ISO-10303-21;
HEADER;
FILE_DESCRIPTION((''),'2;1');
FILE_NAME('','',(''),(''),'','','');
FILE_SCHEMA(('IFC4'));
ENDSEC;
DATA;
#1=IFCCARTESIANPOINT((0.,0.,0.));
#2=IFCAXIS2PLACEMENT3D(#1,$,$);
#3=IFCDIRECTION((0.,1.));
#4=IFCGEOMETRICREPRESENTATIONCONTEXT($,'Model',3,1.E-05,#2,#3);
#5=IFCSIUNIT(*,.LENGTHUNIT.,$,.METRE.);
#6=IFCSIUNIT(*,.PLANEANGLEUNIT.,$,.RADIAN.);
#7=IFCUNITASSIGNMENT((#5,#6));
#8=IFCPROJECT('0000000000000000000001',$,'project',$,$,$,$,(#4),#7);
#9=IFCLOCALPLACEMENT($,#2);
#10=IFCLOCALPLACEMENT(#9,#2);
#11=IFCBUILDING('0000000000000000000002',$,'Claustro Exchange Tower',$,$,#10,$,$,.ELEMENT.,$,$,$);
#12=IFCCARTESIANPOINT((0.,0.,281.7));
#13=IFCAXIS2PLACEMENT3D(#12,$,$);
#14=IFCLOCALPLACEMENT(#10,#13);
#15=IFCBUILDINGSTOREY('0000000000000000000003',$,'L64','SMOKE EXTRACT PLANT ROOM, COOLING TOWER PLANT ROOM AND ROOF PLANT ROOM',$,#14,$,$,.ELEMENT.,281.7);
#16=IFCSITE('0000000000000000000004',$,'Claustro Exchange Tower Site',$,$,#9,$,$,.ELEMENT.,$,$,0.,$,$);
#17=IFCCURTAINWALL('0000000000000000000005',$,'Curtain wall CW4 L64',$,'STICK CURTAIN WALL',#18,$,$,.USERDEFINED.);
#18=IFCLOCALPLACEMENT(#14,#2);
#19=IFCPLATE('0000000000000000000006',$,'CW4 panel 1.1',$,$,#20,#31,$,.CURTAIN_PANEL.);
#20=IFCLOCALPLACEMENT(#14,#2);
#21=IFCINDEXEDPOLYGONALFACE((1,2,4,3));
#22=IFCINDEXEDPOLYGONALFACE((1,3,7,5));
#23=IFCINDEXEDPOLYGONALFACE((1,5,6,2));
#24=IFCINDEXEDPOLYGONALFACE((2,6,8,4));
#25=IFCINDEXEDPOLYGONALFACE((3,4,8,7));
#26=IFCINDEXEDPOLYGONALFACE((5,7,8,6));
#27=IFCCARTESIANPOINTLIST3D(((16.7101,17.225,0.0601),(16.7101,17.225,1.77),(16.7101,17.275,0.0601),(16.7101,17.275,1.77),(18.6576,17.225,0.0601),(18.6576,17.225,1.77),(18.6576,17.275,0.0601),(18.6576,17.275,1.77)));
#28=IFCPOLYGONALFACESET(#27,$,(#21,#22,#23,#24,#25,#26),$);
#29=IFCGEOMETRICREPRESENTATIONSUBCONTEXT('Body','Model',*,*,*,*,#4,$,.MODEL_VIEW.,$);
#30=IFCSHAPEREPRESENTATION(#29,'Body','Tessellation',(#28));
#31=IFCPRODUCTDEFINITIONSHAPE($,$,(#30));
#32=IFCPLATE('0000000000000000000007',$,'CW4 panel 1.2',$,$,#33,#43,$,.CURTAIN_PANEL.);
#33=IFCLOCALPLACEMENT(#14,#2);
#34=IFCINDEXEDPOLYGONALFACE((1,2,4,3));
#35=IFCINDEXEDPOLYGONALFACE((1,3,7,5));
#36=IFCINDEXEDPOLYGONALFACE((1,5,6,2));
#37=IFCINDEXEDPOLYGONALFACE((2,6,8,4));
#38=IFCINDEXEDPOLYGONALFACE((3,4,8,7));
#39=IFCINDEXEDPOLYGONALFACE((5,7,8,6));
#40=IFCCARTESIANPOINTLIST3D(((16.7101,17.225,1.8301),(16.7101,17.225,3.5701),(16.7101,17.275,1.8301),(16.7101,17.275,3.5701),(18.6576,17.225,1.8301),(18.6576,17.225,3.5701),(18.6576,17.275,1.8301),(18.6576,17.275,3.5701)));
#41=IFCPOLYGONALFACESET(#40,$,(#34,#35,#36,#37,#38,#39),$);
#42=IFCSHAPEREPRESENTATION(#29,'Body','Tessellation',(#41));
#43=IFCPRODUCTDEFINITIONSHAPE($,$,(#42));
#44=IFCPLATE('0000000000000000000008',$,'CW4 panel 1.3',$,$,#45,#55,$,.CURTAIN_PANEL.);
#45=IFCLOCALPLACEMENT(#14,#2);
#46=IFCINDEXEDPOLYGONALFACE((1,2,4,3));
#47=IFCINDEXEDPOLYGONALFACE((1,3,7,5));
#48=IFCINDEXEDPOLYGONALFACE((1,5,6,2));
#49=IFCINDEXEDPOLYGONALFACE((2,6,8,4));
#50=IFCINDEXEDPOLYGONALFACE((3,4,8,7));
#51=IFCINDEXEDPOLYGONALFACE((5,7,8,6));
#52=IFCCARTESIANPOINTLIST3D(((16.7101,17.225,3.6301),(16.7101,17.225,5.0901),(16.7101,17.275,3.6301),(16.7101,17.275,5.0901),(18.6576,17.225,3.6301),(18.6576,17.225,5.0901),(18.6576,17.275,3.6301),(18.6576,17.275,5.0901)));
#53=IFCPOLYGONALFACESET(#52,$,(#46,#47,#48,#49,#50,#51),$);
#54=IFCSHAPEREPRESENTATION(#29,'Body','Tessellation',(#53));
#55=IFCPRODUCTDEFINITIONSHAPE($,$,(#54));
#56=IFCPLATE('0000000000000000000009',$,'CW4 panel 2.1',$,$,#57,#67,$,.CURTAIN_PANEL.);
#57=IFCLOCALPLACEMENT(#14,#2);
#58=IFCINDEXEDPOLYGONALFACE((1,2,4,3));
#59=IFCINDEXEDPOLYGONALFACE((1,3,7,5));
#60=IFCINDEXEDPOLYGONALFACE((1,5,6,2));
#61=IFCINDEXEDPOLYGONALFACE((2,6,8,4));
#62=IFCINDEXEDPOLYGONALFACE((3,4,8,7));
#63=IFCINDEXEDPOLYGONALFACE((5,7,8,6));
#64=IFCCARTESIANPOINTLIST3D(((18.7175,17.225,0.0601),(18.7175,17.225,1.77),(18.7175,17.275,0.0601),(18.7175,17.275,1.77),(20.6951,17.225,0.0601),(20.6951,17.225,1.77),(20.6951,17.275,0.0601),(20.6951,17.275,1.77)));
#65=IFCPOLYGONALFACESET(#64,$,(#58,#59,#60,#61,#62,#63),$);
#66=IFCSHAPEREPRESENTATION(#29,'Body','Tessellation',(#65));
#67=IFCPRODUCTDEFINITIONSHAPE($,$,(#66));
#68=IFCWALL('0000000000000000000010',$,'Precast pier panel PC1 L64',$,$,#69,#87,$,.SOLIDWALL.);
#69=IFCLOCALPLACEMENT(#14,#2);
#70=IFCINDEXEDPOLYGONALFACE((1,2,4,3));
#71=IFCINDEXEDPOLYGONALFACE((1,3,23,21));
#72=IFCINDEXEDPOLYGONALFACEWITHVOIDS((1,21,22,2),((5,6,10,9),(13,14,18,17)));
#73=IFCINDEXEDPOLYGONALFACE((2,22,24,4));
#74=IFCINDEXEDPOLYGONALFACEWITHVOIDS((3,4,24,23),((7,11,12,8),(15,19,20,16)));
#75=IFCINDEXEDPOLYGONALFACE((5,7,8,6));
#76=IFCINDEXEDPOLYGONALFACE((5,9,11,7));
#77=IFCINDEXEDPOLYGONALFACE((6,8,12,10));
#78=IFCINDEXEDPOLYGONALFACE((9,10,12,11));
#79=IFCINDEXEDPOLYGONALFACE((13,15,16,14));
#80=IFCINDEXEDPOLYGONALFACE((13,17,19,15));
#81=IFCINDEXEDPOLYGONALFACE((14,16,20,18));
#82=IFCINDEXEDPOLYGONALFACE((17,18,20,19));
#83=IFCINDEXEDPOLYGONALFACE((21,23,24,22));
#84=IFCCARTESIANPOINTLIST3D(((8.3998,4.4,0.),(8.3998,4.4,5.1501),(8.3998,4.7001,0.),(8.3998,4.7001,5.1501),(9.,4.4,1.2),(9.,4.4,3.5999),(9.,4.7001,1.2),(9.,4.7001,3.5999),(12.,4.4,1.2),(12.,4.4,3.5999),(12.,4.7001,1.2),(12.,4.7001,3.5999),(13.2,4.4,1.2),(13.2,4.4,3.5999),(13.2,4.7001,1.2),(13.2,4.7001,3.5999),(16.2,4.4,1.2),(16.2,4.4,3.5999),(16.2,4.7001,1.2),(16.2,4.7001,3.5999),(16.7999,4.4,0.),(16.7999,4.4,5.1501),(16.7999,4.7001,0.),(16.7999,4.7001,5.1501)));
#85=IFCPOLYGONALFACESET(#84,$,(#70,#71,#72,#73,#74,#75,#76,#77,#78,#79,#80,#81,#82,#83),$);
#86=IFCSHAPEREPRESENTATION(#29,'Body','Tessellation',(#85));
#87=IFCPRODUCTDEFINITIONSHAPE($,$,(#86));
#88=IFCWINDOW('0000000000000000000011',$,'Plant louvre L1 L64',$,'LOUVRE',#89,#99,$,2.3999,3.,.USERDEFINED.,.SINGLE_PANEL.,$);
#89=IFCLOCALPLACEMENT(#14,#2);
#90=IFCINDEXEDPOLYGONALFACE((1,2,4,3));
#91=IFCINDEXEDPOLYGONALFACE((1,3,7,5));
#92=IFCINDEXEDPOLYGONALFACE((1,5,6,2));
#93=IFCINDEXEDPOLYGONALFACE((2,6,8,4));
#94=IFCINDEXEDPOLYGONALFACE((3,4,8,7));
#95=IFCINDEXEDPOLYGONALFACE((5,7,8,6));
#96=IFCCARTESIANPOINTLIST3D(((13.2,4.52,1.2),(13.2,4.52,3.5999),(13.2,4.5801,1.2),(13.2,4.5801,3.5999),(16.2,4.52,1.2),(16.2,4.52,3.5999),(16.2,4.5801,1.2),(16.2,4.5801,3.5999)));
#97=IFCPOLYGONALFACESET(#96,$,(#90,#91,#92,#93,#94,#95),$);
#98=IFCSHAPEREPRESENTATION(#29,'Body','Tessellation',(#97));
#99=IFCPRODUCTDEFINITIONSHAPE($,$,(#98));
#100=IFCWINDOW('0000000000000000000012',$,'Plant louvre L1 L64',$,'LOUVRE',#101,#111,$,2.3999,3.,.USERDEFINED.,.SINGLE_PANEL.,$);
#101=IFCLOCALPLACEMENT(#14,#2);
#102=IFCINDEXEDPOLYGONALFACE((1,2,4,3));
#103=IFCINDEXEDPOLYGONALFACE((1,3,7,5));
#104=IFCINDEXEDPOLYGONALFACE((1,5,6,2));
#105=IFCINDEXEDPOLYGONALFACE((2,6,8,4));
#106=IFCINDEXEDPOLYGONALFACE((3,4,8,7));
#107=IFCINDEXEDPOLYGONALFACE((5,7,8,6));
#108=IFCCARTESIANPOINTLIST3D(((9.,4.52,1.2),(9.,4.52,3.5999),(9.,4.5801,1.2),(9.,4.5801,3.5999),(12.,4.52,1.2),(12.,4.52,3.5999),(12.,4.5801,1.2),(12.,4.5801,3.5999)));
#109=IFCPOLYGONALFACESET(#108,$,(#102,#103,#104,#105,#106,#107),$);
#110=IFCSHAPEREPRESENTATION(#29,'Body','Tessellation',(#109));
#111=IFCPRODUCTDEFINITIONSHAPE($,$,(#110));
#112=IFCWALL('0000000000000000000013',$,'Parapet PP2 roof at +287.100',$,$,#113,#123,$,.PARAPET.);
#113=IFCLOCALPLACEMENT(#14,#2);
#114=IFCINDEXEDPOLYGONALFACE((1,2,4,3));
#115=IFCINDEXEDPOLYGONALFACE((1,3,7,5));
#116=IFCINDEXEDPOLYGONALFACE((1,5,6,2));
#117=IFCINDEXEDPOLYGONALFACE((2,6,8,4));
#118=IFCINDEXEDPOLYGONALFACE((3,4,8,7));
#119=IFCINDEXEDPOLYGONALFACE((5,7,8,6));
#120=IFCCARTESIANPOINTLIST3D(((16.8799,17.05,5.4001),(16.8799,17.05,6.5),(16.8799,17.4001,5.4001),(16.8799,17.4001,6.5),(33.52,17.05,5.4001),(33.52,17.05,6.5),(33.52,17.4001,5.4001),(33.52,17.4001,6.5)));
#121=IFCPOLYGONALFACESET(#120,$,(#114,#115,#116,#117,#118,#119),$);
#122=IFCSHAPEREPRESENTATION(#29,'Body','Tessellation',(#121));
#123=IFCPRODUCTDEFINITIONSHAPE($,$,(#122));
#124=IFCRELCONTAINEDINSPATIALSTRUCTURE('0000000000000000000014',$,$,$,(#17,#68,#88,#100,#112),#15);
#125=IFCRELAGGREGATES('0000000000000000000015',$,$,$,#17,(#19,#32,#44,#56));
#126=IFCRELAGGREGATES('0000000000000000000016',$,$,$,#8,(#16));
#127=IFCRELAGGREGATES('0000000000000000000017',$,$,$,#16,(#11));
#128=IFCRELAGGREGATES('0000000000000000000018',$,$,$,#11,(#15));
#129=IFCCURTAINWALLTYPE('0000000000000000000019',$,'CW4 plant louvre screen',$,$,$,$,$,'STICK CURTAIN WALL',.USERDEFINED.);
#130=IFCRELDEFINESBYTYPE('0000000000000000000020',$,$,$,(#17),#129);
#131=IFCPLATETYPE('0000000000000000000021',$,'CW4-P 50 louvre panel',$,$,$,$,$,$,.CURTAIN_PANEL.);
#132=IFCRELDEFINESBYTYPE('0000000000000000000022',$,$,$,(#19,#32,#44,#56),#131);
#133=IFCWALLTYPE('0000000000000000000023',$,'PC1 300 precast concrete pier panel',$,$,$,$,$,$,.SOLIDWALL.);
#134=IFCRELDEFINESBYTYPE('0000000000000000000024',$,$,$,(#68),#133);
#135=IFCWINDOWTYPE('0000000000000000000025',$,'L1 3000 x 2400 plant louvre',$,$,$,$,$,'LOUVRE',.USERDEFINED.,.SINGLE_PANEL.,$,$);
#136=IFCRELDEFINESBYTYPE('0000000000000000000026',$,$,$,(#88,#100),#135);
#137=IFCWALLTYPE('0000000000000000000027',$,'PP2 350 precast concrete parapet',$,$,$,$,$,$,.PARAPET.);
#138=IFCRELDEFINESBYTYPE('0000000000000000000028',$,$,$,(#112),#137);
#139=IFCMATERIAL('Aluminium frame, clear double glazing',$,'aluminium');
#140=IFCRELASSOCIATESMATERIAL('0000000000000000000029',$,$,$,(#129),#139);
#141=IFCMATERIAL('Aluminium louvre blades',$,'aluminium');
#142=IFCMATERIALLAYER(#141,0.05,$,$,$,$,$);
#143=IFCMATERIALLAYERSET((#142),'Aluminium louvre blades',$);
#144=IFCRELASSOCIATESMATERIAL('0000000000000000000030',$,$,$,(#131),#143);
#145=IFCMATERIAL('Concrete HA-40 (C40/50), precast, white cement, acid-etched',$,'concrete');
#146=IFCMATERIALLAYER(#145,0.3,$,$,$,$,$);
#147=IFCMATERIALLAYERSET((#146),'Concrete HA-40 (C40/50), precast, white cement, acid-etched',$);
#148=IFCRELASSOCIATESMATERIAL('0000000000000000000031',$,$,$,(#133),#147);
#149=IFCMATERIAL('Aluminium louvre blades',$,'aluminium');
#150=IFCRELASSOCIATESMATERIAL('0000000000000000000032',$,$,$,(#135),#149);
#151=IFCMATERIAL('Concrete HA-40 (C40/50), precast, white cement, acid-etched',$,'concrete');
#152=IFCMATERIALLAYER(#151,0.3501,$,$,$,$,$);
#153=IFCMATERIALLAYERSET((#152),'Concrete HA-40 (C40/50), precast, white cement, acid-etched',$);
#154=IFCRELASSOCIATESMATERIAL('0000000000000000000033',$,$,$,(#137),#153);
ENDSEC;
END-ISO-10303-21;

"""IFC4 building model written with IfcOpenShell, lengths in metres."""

from ifc_helpers import new_model, si_unit, direction, frame, frame_2d, origin, origin_2d, place, context, subcontext, project, spatial, rectangle, extrude, material, layer, layer_set, type_object, element, fill, aggregate, save


model = new_model("IFC4")

# Units and contexts
model_context = context("Model", 3, precision=1e-05, world=origin(), true_north=direction((0.0, 1.0)))
body_context = subcontext(model_context, "Body", "Model", "MODEL_VIEW")
ifc_project = project(units=[si_unit("LENGTHUNIT", "METRE"), si_unit("PLANEANGLEUNIT", "RADIAN")], contexts=[model_context])

# Site, building, storey
site_placement = place(None, origin())
site = spatial("IfcSite", under=ifc_project, at=site_placement, Name="Claustro Exchange Tower Site", CompositionType="ELEMENT", RefElevation=0.0)
building_placement = place(site_placement, origin())
building = spatial("IfcBuilding", under=site, at=building_placement, Name="Claustro Exchange Tower", CompositionType="ELEMENT")
storey_placement = place(building_placement, frame((0.0, 0.0, 281.7)))
storey = spatial("IfcBuildingStorey", under=building, at=storey_placement, Name="L64", Description="SMOKE EXTRACT PLANT ROOM, COOLING TOWER PLANT ROOM AND ROOF PLANT ROOM", CompositionType="ELEMENT", Elevation=281.7)

# Curtain wall, plates
ifc_material_1 = material(Name="Aluminium frame, clear double glazing", Category="aluminium")
curtain_wall_type = type_object("IfcCurtainWallType", Name="CW4 plant louvre screen", ElementType="STICK CURTAIN WALL", PredefinedType="USERDEFINED", material=ifc_material_1)
curtain_wall_placement = place(storey_placement, origin())
curtain_wall = element("IfcCurtainWall", 1, at=curtain_wall_placement, inside=storey, type_object=curtain_wall_type, Name="Curtain wall CW4 L64", ObjectType="STICK CURTAIN WALL", PredefinedType="USERDEFINED")
ifc_material_2 = material(Name="Aluminium louvre blades", Category="aluminium")
ifc_layer_1 = layer(ifc_material_2, 0.05)
ifc_layer_set_1 = layer_set([ifc_layer_1], Name="Aluminium louvre blades")
plate_type = type_object("IfcPlateType", Name="CW4-P 50 louvre panel", PredefinedType="CURTAIN_PANEL", material=ifc_layer_set_1)
plate_1_placement = place(storey_placement, frame((17.6838, 17.25, 0.0601), z_axis=(0.0, 0.0, 1.0), x_axis=(1.0, 0.0, 0.0)))
plate_1 = element("IfcPlate", 2, at=plate_1_placement, type_object=plate_type, Name="CW4 panel 1.1", PredefinedType="CURTAIN_PANEL", context=body_context, shape_type="SweptSolid", body=[
    extrude(rectangle(XDim=1.9475, YDim=0.05, at=origin_2d()), origin(), (0.0, 0.0, 1.0), 1.71),
])
plate_2_placement = place(storey_placement, frame((17.6838, 17.25, 1.8301), z_axis=(0.0, 0.0, 1.0), x_axis=(1.0, 0.0, 0.0)))
plate_2 = element("IfcPlate", 3, at=plate_2_placement, type_object=plate_type, Name="CW4 panel 1.2", PredefinedType="CURTAIN_PANEL", context=body_context, shape_type="SweptSolid", body=[
    extrude(rectangle(XDim=1.9475, YDim=0.05, at=origin_2d()), origin(), (0.0, 0.0, 1.0), 1.74),
])
plate_3_placement = place(storey_placement, frame((17.6838, 17.25, 3.6301), z_axis=(0.0, 0.0, 1.0), x_axis=(1.0, 0.0, 0.0)))
plate_3 = element("IfcPlate", 4, at=plate_3_placement, type_object=plate_type, Name="CW4 panel 1.3", PredefinedType="CURTAIN_PANEL", context=body_context, shape_type="SweptSolid", body=[
    extrude(rectangle(XDim=1.9475, YDim=0.05, at=origin_2d()), origin(), (0.0, 0.0, 1.0), 1.46),
])
plate_4_placement = place(storey_placement, frame((19.7063, 17.25, 0.0601), z_axis=(0.0, 0.0, 1.0), x_axis=(1.0, 0.0, 0.0)))
plate_4 = element("IfcPlate", 5, at=plate_4_placement, type_object=plate_type, Name="CW4 panel 2.1", PredefinedType="CURTAIN_PANEL", context=body_context, shape_type="SweptSolid", body=[
    extrude(rectangle(XDim=1.9775, YDim=0.05, at=origin_2d()), origin(), (0.0, 0.0, 1.0), 1.71),
])
aggregate(curtain_wall, [plate_1, plate_2, plate_3, plate_4])

# Wall, openings, windows
ifc_material_3 = material(Name="Concrete HA-40 (C40/50), precast, white cement, acid-etched", Category="concrete")
ifc_layer_2 = layer(ifc_material_3, 0.3)
ifc_layer_set_2 = layer_set([ifc_layer_2], Name="Concrete HA-40 (C40/50), precast, white cement, acid-etched")
wall_type_1 = type_object("IfcWallType", Name="PC1 300 precast concrete pier panel", PredefinedType="SOLIDWALL", material=ifc_layer_set_2)
wall_1_placement = place(storey_placement, frame((16.8, 4.55, 0.0), z_axis=(0.0, 0.0, 1.0), x_axis=(-1.0, 0.0, 0.0)))
wall_1 = element("IfcWall", 6, at=wall_1_placement, inside=storey, type_object=wall_type_1, Name="Precast pier panel PC1 L64", PredefinedType="SOLIDWALL", context=body_context, shape_type="SweptSolid", body=[
    extrude(rectangle(XDim=8.4001, YDim=0.3, at=frame_2d((4.2002, 0.0))), origin(), (0.0, 0.0, 1.0), 5.1501),
])
opening_1_placement = place(wall_1_placement, frame((0.6001, 0.0, 1.2)))
opening_1 = element("IfcOpeningElement", 7, at=opening_1_placement, cuts=wall_1, PredefinedType="OPENING", context=body_context, shape_type="SweptSolid", body=[
    extrude(rectangle(XDim=3.0, YDim=2.3999, at=frame_2d((1.5, 1.2))), frame((0.0, 0.1599, 0.0), z_axis=(0.0, -1.0, 0.0), x_axis=(1.0, 0.0, 0.0)), (0.0, 0.0, 1.0), 0.3201),
])
opening_2_placement = place(wall_1_placement, frame((4.8, 0.0, 1.2)))
opening_2 = element("IfcOpeningElement", 8, at=opening_2_placement, cuts=wall_1, PredefinedType="OPENING", context=body_context, shape_type="SweptSolid", body=[
    extrude(rectangle(XDim=3.0, YDim=2.3999, at=frame_2d((1.5, 1.2))), frame((0.0, 0.1599, 0.0), z_axis=(0.0, -1.0, 0.0), x_axis=(1.0, 0.0, 0.0)), (0.0, 0.0, 1.0), 0.3201),
])
ifc_material_4 = material(Name="Aluminium louvre blades", Category="aluminium")
window_type = type_object("IfcWindowType", Name="L1 3000 x 2400 plant louvre", ElementType="LOUVRE", PartitioningType="SINGLE_PANEL", PredefinedType="USERDEFINED", material=ifc_material_4)
window_1_placement = place(opening_1_placement, origin())
window_1 = element("IfcWindow", 9, at=window_1_placement, inside=storey, type_object=window_type, Name="Plant louvre L1 L64", ObjectType="LOUVRE", OverallHeight=2.3999, OverallWidth=3.0, PartitioningType="SINGLE_PANEL", PredefinedType="USERDEFINED", context=body_context, shape_type="SweptSolid", body=[
    extrude(rectangle(XDim=3.0, YDim=2.3999, at=frame_2d((1.5, 1.2))), frame((0.0, 0.03, 0.0), z_axis=(0.0, -1.0, 0.0), x_axis=(1.0, 0.0, 0.0)), (0.0, 0.0, 1.0), 0.0601),
])
fill(opening_1, window_1)
window_2_placement = place(opening_2_placement, origin())
window_2 = element("IfcWindow", 10, at=window_2_placement, inside=storey, type_object=window_type, Name="Plant louvre L1 L64", ObjectType="LOUVRE", OverallHeight=2.3999, OverallWidth=3.0, PartitioningType="SINGLE_PANEL", PredefinedType="USERDEFINED", context=body_context, shape_type="SweptSolid", body=[
    extrude(rectangle(XDim=3.0, YDim=2.3999, at=frame_2d((1.5, 1.2))), frame((0.0, 0.03, 0.0), z_axis=(0.0, -1.0, 0.0), x_axis=(1.0, 0.0, 0.0)), (0.0, 0.0, 1.0), 0.0601),
])
fill(opening_2, window_2)

# Wall
ifc_material_5 = material(Name="Concrete HA-40 (C40/50), precast, white cement, acid-etched", Category="concrete")
ifc_layer_3 = layer(ifc_material_5, 0.3501)
ifc_layer_set_3 = layer_set([ifc_layer_3], Name="Concrete HA-40 (C40/50), precast, white cement, acid-etched")
wall_type_2 = type_object("IfcWallType", Name="PP2 350 precast concrete parapet", PredefinedType="PARAPET", material=ifc_layer_set_3)
wall_2_placement = place(storey_placement, frame((16.8799, 17.2251, 5.4001), z_axis=(0.0, 0.0, 1.0), x_axis=(1.0, 0.0, 0.0)))
element("IfcWall", 11, at=wall_2_placement, inside=storey, type_object=wall_type_2, Name="Parapet PP2 roof at +287.100", PredefinedType="PARAPET", context=body_context, shape_type="SweptSolid", body=[
    extrude(rectangle(XDim=16.6401, YDim=0.3501, at=frame_2d((8.3201, 0.0))), origin(), (0.0, 0.0, 1.0), 1.0999),
])

save(model, "model.ifc")
